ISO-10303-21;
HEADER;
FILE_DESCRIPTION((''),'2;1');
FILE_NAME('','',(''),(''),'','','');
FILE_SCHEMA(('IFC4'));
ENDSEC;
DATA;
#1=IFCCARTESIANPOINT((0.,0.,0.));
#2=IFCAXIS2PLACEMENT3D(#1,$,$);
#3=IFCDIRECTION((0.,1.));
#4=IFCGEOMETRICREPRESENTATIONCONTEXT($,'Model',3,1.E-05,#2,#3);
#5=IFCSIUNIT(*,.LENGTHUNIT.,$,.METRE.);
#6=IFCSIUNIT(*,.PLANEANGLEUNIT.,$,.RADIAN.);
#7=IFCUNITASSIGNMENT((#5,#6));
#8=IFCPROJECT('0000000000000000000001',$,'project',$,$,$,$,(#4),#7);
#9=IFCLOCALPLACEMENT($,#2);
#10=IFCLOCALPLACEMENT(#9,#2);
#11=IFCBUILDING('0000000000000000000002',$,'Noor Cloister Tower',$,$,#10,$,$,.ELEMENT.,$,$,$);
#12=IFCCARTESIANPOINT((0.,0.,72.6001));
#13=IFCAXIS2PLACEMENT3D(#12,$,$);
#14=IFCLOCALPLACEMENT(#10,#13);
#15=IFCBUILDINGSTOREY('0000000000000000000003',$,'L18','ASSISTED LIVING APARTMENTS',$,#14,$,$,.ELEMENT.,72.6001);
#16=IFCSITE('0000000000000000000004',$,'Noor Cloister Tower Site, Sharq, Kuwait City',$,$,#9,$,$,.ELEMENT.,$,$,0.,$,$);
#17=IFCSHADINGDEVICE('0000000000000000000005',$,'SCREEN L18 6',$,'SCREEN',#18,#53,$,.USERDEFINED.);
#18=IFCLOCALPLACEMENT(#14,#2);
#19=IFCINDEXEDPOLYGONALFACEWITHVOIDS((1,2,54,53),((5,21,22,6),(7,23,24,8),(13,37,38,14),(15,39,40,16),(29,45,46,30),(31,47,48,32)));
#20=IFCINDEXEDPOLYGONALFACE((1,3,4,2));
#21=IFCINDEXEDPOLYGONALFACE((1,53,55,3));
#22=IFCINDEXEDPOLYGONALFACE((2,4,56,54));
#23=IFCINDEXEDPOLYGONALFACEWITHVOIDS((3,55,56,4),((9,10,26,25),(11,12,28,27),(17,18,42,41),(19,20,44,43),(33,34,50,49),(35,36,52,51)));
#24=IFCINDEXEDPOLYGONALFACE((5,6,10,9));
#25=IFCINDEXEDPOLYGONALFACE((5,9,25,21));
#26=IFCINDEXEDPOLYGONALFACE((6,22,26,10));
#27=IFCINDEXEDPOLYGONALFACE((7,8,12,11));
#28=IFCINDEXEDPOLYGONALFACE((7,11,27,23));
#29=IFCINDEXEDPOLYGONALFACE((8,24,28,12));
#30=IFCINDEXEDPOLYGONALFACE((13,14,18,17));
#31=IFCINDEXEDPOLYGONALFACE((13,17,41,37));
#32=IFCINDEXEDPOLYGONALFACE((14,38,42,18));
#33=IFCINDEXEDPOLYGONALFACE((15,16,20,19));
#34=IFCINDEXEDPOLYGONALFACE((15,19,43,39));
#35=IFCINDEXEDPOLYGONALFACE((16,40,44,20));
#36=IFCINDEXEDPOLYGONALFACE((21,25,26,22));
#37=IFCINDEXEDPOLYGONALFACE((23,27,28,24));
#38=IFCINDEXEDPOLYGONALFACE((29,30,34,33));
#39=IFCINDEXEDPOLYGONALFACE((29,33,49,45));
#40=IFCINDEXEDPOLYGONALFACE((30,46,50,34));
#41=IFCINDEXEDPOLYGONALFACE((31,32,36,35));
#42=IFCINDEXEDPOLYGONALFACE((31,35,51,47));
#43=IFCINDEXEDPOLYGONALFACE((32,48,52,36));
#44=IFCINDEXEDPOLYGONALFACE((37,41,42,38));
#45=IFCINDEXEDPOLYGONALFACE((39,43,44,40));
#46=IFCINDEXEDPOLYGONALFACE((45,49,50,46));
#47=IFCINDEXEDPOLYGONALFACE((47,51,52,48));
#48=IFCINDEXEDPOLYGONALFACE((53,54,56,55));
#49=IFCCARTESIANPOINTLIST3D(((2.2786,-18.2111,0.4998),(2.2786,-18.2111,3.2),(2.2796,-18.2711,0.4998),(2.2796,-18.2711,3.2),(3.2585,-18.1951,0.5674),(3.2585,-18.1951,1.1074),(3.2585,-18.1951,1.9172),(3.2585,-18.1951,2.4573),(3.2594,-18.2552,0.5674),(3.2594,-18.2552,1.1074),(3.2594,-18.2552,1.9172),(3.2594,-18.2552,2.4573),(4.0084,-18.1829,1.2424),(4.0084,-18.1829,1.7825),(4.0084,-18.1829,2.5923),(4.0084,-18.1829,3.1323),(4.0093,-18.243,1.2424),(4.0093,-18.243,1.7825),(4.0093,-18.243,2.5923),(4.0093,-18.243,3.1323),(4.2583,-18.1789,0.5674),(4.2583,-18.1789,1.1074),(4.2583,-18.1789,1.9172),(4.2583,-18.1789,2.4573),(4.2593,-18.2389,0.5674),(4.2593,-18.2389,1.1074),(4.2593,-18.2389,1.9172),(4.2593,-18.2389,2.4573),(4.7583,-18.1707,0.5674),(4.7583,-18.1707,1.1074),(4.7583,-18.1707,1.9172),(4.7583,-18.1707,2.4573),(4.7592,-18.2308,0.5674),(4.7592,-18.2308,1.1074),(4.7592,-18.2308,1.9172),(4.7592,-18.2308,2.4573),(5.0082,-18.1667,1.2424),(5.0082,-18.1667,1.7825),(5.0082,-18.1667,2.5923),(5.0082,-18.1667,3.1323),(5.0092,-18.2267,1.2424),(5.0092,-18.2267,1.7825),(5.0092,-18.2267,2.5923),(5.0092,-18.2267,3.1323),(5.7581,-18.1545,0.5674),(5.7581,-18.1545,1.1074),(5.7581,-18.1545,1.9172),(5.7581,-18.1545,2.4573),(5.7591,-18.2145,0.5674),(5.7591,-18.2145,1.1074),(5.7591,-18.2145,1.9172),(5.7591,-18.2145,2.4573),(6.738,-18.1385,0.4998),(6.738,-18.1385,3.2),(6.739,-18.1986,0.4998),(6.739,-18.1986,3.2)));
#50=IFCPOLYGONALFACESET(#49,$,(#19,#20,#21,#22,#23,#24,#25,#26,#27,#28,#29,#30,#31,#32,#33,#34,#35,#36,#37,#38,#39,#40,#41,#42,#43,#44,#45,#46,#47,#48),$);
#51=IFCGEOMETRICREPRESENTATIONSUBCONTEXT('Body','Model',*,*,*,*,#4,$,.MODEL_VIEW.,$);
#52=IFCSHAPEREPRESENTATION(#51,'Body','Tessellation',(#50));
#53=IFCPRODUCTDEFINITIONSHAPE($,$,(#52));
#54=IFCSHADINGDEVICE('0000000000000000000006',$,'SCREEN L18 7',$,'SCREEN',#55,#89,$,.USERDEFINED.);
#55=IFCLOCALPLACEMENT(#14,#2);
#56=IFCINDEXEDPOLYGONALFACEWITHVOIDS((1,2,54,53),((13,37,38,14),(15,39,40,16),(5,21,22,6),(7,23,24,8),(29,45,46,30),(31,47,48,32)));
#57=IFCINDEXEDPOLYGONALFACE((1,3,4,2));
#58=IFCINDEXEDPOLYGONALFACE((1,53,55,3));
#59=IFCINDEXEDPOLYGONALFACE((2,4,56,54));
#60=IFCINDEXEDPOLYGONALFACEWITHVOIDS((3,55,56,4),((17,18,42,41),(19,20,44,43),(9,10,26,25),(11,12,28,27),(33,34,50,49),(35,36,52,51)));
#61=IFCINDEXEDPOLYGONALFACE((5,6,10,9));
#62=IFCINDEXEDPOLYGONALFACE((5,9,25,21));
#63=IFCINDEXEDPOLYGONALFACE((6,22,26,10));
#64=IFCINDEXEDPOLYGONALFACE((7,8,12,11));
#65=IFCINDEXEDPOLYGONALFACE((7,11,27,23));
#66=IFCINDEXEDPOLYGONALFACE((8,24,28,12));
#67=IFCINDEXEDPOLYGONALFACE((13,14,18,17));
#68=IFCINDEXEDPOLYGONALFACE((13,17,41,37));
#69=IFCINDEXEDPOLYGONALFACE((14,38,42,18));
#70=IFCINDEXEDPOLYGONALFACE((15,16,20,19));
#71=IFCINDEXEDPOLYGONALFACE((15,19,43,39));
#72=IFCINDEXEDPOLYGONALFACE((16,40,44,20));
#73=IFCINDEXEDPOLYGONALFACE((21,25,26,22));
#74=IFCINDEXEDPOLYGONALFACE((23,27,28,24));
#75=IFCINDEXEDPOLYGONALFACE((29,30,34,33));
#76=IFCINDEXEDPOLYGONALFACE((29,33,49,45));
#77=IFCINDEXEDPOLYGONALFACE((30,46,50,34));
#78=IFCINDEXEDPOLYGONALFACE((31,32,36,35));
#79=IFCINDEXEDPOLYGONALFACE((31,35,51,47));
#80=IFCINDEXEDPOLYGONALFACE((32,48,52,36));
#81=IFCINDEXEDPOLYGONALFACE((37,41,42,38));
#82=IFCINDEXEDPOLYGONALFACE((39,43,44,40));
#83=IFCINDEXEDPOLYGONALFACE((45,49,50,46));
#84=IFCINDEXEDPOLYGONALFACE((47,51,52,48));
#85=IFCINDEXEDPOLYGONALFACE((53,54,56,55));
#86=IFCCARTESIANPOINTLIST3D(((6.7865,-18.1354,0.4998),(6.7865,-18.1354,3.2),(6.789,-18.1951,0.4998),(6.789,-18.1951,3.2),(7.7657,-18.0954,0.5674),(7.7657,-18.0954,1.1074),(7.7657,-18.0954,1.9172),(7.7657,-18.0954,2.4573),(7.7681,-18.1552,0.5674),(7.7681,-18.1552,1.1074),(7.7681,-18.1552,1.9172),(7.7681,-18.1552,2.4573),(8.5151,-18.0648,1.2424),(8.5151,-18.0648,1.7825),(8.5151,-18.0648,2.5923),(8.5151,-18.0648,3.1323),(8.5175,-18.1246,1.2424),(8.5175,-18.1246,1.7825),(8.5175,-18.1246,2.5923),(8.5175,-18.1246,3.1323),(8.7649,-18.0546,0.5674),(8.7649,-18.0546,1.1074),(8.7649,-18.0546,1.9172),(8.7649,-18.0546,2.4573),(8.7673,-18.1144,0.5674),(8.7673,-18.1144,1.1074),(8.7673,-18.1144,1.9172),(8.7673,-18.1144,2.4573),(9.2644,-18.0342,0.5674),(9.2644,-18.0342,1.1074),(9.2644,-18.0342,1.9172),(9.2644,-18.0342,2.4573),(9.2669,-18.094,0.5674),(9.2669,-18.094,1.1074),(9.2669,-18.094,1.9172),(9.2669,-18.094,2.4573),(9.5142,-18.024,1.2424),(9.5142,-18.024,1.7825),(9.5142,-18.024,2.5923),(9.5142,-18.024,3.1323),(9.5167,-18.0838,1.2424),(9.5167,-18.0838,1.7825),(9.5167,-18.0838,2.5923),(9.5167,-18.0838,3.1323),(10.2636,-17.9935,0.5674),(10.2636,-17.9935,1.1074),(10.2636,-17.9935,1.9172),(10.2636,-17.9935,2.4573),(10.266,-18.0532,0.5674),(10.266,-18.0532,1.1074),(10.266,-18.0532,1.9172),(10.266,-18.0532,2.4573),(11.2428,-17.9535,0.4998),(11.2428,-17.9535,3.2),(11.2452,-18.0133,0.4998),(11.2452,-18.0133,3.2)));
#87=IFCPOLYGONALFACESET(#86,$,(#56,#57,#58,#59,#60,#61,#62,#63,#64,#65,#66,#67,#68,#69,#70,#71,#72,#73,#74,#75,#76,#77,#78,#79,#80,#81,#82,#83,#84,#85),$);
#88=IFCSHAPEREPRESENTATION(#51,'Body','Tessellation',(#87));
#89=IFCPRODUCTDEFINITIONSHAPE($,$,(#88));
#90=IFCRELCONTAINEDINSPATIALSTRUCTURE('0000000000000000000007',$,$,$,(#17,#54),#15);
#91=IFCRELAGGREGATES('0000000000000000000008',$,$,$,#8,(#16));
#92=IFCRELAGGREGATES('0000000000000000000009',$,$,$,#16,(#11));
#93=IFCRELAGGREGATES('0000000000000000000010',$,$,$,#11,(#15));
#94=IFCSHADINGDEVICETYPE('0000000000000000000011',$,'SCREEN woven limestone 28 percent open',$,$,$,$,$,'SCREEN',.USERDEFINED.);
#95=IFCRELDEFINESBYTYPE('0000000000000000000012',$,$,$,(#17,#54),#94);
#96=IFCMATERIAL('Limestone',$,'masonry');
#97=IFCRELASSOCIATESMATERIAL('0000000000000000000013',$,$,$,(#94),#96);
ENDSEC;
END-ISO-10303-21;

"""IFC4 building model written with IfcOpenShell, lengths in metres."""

from ifc_helpers import new_model, si_unit, direction, frame, origin, place, context, subcontext, project, spatial, polyline, outline, extrude, material, material_profile, profile_set, type_object, element, save


model = new_model("IFC4")

# Units and contexts
model_context = context("Model", 3, precision=1e-05, world=origin(), true_north=direction((0.0, 1.0)))
body_context = subcontext(model_context, "Body", "Model", "MODEL_VIEW")
ifc_project = project(units=[si_unit("LENGTHUNIT", "METRE"), si_unit("PLANEANGLEUNIT", "RADIAN")], contexts=[model_context])

# Site, building, storey
site_placement = place(None, origin())
site = spatial("IfcSite", under=ifc_project, at=site_placement, Name="Noor Cloister Tower Site, Sharq, Kuwait City", CompositionType="ELEMENT", RefElevation=0.0)
building_placement = place(site_placement, origin())
building = spatial("IfcBuilding", under=site, at=building_placement, Name="Noor Cloister Tower", CompositionType="ELEMENT")
storey_placement = place(building_placement, frame((0.0, 0.0, 72.6001)))
storey = spatial("IfcBuildingStorey", under=building, at=storey_placement, Name="L18", Description="ASSISTED LIVING APARTMENTS", CompositionType="ELEMENT", Elevation=72.6001)

# Shading devices
ifc_material_1 = material(Name="Limestone", Category="masonry")
ifc_material_profile_1 = material_profile(ifc_material_1, outline(polyline([(-2.23, -1.3501), (2.23, -1.3501), (2.23, 1.3501), (-2.23, 1.3501), (-2.23, -1.3501)]), holes=[polyline([(-1.25, -1.2825), (-0.25, -1.2825), (-0.25, -0.7424), (-1.25, -0.7424), (-1.25, -1.2825)]), polyline([(0.25, -1.2825), (1.25, -1.2825), (1.25, -0.7424), (0.25, -0.7424), (0.25, -1.2825)]), polyline([(-0.5, -0.6074), (0.5, -0.6074), (0.5, -0.0674), (-0.5, -0.0674), (-0.5, -0.6074)]), polyline([(-1.25, 0.0674), (-0.25, 0.0674), (-0.25, 0.6074), (-1.25, 0.6074), (-1.25, 0.0674)]), polyline([(0.25, 0.0674), (1.25, 0.0674), (1.25, 0.6074), (0.25, 0.6074), (0.25, 0.0674)]), polyline([(-0.5, 0.7424), (0.5, 0.7424), (0.5, 1.2825), (-0.5, 1.2825), (-0.5, 0.7424)])]), Name="Woven screen 28 percent open")
ifc_profile_set_1 = profile_set([ifc_material_profile_1], Name="Limestone")
shading_device_type = type_object("IfcShadingDeviceType", Name="SCREEN woven limestone 28 percent open", ElementType="SCREEN", PredefinedType="USERDEFINED", material=ifc_profile_set_1)
shading_device_1_placement = place(storey_placement, frame((4.5083, -18.1748, 1.8499), z_axis=(0.016258, -0.999868, 0.0), x_axis=(0.999868, 0.016258, 0.0)))
element("IfcShadingDevice", 1, at=shading_device_1_placement, inside=storey, type_object=shading_device_type, Name="SCREEN L18 6", ObjectType="SCREEN", PredefinedType="USERDEFINED", context=body_context, shape_type="SweptSolid", body=[
    extrude(outline(polyline([(-2.23, -1.3501), (2.23, -1.3501), (2.23, 1.3501), (-2.23, 1.3501), (-2.23, -1.3501)]), holes=[polyline([(-1.25, -1.2825), (-0.25, -1.2825), (-0.25, -0.7424), (-1.25, -0.7424), (-1.25, -1.2825)]), polyline([(0.25, -1.2825), (1.25, -1.2825), (1.25, -0.7424), (0.25, -0.7424), (0.25, -1.2825)]), polyline([(-0.5, -0.6074), (0.5, -0.6074), (0.5, -0.0674), (-0.5, -0.0674), (-0.5, -0.6074)]), polyline([(-1.25, 0.0674), (-0.25, 0.0674), (-0.25, 0.6074), (-1.25, 0.6074), (-1.25, 0.0674)]), polyline([(0.25, 0.0674), (1.25, 0.0674), (1.25, 0.6074), (0.25, 0.6074), (0.25, 0.0674)]), polyline([(-0.5, 0.7424), (0.5, 0.7424), (0.5, 1.2825), (-0.5, 1.2825), (-0.5, 0.7424)])]), origin(), (0.0, 0.0, 1.0), 0.0601),
])
shading_device_2_placement = place(storey_placement, frame((9.0146, -18.0444, 1.8499), z_axis=(0.040782, -0.999168, 0.0), x_axis=(0.999168, 0.040782, 0.0)))
element("IfcShadingDevice", 2, at=shading_device_2_placement, inside=storey, type_object=shading_device_type, Name="SCREEN L18 7", ObjectType="SCREEN", PredefinedType="USERDEFINED", context=body_context, shape_type="SweptSolid", body=[
    extrude(outline(polyline([(-2.23, -1.3501), (2.23, -1.3501), (2.23, 1.3501), (-2.23, 1.3501), (-2.23, -1.3501)]), holes=[polyline([(-1.25, -1.2825), (-0.25, -1.2825), (-0.25, -0.7424), (-1.25, -0.7424), (-1.25, -1.2825)]), polyline([(0.25, -1.2825), (1.25, -1.2825), (1.25, -0.7424), (0.25, -0.7424), (0.25, -1.2825)]), polyline([(-0.5, -0.6074), (0.5, -0.6074), (0.5, -0.0674), (-0.5, -0.0674), (-0.5, -0.6074)]), polyline([(-1.25, 0.0674), (-0.25, 0.0674), (-0.25, 0.6074), (-1.25, 0.6074), (-1.25, 0.0674)]), polyline([(0.25, 0.0674), (1.25, 0.0674), (1.25, 0.6074), (0.25, 0.6074), (0.25, 0.0674)]), polyline([(-0.5, 0.7424), (0.5, 0.7424), (0.5, 1.2825), (-0.5, 1.2825), (-0.5, 0.7424)])]), origin(), (0.0, 0.0, 1.0), 0.0598),
])

save(model, "model.ifc")
